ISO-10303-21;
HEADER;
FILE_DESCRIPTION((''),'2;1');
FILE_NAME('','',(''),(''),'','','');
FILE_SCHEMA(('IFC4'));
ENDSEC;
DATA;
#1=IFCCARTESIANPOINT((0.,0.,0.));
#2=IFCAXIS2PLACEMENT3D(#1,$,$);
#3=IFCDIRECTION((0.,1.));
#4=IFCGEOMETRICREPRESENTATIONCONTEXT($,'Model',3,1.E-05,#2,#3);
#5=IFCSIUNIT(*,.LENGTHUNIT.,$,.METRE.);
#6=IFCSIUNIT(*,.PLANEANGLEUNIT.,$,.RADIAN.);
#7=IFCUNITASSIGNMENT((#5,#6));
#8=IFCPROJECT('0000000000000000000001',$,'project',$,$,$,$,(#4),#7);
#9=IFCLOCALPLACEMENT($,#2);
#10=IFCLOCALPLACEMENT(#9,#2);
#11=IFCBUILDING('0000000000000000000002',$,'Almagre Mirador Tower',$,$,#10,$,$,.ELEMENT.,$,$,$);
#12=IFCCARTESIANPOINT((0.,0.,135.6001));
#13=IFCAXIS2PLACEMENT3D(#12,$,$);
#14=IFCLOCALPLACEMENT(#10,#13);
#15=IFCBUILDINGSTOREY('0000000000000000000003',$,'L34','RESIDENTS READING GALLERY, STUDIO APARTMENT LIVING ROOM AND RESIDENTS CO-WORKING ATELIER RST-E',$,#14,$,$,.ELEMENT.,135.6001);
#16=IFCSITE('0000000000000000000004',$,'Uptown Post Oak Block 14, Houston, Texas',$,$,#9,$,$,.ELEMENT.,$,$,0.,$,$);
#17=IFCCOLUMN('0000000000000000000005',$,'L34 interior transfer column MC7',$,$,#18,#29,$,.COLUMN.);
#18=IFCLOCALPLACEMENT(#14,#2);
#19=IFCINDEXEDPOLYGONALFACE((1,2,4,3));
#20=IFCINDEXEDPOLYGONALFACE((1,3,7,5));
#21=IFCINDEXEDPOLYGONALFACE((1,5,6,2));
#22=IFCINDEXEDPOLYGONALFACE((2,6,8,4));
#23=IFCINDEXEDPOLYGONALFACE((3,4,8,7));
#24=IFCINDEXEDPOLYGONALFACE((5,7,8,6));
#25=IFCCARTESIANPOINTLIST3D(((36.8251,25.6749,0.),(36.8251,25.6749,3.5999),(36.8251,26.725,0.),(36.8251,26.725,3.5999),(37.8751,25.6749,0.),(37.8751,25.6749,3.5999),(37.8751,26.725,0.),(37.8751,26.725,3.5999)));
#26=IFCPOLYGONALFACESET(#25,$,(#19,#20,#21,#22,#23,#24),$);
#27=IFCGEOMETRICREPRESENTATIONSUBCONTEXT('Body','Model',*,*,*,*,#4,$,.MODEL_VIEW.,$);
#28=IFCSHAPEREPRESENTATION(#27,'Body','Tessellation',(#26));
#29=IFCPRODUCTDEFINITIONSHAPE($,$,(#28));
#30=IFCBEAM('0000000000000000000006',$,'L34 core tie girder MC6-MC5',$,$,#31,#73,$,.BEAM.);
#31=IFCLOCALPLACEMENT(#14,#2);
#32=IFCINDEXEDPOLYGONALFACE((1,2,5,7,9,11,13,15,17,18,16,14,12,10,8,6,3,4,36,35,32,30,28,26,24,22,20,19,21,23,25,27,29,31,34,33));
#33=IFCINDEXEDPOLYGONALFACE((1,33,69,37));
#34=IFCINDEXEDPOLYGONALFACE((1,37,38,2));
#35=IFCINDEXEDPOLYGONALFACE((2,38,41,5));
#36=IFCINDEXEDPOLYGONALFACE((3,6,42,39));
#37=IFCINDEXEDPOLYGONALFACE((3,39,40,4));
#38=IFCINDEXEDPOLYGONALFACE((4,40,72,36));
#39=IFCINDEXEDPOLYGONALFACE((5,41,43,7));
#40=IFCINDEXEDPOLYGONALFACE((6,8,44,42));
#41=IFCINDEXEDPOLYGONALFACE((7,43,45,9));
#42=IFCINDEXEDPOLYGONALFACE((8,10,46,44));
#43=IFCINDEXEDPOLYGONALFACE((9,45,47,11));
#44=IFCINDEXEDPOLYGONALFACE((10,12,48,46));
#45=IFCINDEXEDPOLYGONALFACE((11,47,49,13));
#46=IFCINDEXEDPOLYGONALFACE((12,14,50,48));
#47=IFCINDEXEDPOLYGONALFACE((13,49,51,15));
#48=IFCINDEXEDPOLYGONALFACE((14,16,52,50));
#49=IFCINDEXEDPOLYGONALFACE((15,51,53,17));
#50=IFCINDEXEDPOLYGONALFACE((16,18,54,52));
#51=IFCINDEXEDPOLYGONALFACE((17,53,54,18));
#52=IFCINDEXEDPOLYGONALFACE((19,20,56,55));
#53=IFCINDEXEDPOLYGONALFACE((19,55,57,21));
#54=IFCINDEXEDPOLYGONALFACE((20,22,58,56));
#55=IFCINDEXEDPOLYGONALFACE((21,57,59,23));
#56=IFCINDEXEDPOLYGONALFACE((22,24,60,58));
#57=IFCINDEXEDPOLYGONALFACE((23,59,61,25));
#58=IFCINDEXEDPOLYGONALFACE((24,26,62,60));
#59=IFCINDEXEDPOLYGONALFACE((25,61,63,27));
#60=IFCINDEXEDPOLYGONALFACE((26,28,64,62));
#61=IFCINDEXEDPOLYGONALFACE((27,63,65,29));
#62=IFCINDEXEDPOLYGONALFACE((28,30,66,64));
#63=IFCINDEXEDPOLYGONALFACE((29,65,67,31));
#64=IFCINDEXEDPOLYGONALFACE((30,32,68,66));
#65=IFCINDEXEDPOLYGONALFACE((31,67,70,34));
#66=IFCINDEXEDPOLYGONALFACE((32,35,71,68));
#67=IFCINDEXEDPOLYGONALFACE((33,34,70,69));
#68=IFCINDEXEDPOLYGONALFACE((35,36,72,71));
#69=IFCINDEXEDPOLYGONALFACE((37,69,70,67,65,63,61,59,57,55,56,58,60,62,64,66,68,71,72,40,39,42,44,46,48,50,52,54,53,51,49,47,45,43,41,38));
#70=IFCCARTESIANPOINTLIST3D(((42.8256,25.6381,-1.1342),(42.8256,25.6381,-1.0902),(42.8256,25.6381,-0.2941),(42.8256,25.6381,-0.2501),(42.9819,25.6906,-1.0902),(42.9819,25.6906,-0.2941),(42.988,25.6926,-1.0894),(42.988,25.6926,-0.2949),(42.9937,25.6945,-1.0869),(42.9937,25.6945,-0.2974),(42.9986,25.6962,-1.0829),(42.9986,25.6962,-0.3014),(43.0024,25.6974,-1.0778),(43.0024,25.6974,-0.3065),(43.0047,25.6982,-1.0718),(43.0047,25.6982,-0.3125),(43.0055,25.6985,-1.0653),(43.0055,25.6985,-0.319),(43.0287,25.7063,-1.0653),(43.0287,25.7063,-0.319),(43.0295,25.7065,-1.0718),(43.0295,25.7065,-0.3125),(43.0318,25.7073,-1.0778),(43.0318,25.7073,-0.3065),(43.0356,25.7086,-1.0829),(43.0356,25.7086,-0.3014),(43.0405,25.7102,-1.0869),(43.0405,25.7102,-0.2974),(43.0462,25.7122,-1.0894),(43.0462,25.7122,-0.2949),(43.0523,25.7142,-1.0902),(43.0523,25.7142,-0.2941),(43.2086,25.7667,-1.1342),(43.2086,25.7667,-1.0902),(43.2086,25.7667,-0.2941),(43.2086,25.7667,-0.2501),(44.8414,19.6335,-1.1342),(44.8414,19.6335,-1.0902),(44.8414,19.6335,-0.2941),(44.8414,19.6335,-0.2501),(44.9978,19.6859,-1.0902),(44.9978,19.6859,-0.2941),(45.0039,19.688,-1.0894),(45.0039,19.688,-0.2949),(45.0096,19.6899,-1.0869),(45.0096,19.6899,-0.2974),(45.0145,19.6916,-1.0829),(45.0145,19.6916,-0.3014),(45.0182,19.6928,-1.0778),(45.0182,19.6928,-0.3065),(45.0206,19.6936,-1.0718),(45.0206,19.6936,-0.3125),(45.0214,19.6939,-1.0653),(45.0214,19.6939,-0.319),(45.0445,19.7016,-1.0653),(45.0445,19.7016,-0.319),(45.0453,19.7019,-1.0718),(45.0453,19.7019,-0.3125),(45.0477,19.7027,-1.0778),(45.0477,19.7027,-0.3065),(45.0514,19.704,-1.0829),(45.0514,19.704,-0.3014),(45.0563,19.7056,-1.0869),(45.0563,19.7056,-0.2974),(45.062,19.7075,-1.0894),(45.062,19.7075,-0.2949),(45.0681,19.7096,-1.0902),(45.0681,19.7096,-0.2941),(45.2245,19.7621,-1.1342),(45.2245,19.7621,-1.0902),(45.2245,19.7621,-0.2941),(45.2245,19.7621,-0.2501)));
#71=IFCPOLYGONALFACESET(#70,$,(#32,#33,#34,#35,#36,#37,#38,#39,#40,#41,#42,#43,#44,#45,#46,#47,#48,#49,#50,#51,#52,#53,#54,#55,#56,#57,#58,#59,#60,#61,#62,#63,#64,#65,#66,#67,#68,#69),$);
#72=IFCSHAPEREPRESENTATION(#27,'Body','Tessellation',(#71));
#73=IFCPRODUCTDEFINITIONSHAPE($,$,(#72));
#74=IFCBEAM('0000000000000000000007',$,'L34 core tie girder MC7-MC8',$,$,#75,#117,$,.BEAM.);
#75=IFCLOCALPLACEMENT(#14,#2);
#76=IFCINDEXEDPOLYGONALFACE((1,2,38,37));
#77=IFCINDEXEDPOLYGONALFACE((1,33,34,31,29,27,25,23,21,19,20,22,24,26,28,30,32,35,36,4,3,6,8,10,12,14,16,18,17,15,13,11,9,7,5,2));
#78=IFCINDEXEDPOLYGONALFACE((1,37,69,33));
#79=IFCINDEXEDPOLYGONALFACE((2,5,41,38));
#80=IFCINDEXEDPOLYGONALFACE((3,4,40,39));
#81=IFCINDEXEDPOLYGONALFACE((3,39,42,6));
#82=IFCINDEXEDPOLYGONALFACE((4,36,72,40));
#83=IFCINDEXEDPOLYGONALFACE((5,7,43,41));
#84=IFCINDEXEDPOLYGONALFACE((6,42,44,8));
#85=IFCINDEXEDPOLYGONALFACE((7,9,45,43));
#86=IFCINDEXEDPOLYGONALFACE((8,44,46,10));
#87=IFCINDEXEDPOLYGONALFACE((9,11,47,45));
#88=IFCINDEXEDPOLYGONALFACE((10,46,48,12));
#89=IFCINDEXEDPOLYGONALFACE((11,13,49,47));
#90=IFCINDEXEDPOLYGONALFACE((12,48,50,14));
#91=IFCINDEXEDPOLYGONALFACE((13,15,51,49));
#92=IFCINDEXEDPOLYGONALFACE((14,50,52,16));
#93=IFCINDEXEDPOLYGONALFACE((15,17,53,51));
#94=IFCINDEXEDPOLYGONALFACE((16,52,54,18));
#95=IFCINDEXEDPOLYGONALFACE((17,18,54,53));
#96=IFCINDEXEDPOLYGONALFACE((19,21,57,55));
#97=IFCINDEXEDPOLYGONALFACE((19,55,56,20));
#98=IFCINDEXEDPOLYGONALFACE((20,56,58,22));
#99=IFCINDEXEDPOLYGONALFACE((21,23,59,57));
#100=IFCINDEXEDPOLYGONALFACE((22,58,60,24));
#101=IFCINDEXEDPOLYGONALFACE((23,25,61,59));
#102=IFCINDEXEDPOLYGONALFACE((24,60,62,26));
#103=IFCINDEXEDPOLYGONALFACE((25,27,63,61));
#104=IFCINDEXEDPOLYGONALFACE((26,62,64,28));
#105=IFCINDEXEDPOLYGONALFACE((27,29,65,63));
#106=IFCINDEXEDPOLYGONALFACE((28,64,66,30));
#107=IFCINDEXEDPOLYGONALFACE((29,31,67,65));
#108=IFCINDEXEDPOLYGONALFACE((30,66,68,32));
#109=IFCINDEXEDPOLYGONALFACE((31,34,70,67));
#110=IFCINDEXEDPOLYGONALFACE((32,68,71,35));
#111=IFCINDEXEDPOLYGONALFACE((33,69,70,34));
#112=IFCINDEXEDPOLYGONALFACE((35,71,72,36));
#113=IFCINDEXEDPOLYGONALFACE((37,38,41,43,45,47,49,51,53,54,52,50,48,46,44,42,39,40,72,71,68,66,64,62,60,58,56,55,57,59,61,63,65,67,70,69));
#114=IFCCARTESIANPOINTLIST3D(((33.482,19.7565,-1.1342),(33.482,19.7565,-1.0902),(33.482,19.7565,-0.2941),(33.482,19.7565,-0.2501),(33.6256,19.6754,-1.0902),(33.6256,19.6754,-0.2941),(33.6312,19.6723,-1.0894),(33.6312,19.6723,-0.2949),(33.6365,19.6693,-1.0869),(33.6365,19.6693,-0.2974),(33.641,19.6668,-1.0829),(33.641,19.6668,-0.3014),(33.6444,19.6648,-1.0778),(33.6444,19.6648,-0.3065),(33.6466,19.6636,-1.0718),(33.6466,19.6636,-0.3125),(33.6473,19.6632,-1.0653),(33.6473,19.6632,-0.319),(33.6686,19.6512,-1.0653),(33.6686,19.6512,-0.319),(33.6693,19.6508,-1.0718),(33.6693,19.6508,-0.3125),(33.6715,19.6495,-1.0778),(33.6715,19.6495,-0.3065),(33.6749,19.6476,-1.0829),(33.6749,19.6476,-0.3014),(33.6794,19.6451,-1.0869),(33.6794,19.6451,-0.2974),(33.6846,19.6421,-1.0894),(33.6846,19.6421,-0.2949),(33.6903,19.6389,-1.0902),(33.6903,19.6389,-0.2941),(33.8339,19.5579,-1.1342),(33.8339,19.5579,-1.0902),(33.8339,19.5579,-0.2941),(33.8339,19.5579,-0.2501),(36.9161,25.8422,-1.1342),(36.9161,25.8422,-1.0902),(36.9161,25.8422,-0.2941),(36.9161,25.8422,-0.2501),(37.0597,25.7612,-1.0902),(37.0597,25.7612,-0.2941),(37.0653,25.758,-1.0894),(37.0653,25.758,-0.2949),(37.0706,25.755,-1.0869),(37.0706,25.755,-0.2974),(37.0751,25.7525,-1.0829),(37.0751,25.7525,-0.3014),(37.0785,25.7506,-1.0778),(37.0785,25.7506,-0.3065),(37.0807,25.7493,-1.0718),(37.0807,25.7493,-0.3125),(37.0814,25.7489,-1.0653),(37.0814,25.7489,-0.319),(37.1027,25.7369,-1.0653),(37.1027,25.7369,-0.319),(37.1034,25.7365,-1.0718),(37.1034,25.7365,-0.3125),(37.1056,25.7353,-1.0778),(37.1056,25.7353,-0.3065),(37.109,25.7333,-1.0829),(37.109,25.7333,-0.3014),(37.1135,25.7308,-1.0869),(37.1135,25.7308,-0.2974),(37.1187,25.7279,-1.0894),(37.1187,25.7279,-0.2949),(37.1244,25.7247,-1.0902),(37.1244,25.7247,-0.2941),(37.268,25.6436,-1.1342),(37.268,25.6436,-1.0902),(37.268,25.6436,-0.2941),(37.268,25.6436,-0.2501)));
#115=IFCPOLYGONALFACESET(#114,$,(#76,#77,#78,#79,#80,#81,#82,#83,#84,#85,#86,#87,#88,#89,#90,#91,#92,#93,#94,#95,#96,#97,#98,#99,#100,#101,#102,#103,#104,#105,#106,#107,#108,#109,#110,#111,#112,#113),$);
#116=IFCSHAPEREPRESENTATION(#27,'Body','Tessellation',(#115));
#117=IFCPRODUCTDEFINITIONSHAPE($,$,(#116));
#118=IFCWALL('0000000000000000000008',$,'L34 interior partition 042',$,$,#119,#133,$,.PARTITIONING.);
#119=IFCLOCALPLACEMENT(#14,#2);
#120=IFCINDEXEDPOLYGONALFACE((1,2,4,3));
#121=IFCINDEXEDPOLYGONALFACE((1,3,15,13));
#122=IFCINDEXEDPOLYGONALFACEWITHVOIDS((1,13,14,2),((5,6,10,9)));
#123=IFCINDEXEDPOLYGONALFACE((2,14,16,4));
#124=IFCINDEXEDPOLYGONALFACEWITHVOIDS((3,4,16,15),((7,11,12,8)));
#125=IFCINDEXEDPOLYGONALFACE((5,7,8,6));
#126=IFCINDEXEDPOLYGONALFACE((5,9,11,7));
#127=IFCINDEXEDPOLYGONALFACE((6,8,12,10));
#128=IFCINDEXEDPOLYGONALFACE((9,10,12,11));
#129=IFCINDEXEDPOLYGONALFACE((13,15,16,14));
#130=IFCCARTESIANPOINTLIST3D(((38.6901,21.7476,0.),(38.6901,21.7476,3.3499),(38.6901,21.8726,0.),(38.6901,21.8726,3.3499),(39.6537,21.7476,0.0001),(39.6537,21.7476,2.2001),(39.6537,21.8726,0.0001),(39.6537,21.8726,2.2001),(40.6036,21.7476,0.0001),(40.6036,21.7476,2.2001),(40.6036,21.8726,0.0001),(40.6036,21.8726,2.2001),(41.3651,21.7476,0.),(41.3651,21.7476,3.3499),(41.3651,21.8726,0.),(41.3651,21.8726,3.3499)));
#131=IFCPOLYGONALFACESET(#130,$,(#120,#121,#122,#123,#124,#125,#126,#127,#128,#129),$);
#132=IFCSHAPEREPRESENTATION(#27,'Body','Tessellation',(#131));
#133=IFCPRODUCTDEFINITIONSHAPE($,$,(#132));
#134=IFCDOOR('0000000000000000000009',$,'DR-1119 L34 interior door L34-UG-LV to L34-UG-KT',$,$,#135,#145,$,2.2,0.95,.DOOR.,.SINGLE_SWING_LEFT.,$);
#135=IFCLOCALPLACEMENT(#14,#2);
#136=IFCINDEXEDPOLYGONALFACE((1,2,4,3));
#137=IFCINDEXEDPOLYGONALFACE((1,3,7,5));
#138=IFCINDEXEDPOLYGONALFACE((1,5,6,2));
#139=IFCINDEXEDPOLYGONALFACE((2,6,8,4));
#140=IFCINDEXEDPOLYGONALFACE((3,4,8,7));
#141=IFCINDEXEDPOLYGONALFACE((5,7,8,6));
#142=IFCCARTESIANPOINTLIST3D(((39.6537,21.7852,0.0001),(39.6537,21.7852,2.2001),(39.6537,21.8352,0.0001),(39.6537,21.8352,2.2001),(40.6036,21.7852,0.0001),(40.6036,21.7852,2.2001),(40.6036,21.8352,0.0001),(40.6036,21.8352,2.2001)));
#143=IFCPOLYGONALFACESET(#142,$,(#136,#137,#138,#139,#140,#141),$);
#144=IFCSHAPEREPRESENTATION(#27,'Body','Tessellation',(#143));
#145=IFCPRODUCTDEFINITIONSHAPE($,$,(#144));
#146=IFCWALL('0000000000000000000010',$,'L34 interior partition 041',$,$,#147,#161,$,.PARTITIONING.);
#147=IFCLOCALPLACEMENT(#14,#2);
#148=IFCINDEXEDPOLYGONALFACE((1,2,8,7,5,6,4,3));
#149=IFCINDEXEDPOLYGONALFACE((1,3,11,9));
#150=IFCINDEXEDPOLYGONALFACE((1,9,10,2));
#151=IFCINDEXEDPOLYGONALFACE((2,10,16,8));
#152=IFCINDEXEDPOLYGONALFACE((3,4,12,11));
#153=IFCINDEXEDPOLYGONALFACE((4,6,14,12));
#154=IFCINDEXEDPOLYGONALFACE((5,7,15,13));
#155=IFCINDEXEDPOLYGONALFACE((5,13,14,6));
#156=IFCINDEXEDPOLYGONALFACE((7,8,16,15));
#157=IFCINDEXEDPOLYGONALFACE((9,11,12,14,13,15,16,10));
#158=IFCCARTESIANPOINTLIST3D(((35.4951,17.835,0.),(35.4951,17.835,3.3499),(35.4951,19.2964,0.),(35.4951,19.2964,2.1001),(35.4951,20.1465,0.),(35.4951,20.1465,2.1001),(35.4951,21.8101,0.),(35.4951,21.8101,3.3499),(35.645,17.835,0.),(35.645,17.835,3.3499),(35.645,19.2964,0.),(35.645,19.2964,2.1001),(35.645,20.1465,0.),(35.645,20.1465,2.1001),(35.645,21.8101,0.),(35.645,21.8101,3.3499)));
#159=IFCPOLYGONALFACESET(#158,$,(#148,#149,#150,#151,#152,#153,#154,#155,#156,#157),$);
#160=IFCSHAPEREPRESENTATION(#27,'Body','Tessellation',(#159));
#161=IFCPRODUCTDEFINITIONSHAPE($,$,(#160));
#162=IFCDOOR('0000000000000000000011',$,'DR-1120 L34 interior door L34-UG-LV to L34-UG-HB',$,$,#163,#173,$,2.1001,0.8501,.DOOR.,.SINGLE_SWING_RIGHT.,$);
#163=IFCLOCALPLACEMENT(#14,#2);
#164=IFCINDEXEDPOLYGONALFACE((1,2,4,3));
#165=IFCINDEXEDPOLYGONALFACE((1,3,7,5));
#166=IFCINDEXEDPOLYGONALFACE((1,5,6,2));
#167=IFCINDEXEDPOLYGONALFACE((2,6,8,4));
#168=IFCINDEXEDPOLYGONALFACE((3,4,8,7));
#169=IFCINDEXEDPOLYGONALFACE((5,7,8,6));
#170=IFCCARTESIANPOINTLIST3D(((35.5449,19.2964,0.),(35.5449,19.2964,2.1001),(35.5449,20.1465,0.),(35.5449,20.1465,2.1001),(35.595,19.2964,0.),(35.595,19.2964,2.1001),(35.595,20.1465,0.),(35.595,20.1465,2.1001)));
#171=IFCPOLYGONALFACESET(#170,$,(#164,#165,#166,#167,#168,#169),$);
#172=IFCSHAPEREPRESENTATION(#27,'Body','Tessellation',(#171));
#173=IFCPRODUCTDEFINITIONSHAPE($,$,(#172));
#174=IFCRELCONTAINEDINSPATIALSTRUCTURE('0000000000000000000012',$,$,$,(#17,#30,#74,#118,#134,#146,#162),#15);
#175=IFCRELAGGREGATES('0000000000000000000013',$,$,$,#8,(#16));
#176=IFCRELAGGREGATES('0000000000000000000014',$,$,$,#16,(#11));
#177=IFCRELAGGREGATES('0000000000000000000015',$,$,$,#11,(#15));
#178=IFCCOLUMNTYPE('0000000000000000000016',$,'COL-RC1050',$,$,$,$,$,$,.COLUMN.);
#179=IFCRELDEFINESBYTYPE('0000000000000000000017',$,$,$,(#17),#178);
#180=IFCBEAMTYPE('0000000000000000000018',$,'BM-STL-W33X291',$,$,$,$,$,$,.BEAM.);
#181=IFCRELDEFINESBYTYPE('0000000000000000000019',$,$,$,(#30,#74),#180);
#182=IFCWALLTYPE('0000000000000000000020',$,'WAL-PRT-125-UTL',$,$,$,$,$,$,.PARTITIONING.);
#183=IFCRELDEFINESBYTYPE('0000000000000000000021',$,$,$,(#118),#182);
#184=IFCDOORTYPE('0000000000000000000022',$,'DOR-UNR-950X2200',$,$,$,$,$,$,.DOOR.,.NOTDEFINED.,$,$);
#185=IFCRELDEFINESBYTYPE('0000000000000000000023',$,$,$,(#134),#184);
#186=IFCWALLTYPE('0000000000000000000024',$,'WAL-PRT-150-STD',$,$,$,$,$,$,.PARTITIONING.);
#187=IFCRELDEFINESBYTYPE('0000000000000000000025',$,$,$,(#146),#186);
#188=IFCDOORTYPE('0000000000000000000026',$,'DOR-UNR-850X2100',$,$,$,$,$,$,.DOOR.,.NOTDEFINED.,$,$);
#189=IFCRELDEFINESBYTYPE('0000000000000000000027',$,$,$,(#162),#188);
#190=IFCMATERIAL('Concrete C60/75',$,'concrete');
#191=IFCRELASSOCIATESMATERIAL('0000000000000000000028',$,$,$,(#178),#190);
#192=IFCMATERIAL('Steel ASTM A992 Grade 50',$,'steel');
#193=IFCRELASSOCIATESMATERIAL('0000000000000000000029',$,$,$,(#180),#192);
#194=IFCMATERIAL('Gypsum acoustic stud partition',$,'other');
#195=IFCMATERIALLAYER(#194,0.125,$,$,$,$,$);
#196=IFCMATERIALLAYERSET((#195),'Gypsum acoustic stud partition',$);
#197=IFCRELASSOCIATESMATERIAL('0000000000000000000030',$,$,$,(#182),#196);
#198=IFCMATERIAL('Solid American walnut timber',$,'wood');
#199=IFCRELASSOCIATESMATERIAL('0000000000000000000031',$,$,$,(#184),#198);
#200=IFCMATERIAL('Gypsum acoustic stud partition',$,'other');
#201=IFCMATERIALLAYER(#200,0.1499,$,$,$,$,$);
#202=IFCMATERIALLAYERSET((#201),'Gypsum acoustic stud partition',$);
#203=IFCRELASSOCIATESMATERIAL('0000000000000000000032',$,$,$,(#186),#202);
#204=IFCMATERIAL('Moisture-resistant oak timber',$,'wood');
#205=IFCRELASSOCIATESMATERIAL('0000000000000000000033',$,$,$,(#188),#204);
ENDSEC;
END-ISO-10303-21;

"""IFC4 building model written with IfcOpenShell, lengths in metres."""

from ifc_helpers import new_model, si_unit, direction, frame, frame_2d, origin, origin_2d, place, context, subcontext, project, spatial, rectangle, i_section, extrude, material, layer, layer_set, material_profile, profile_set, type_object, element, fill, save


model = new_model("IFC4")

# Units and contexts
model_context = context("Model", 3, precision=1e-05, world=origin(), true_north=direction((0.0, 1.0)))
body_context = subcontext(model_context, "Body", "Model", "MODEL_VIEW")
ifc_project = project(units=[si_unit("LENGTHUNIT", "METRE"), si_unit("PLANEANGLEUNIT", "RADIAN")], contexts=[model_context])

# Site, building, storey
site_placement = place(None, origin())
site = spatial("IfcSite", under=ifc_project, at=site_placement, Name="Uptown Post Oak Block 14, Houston, Texas", CompositionType="ELEMENT", RefElevation=0.0)
building_placement = place(site_placement, origin())
building = spatial("IfcBuilding", under=site, at=building_placement, Name="Almagre Mirador Tower", CompositionType="ELEMENT")
storey_placement = place(building_placement, frame((0.0, 0.0, 135.6001)))
storey = spatial("IfcBuildingStorey", under=building, at=storey_placement, Name="L34", Description="RESIDENTS READING GALLERY, STUDIO APARTMENT LIVING ROOM AND RESIDENTS CO-WORKING ATELIER RST-E", CompositionType="ELEMENT", Elevation=135.6001)

# Column
ifc_material_1 = material(Name="Concrete C60/75", Category="concrete")
ifc_material_profile_1 = material_profile(ifc_material_1, rectangle(XDim=1.05, YDim=1.05, at=origin_2d()), Name="RC1050X1050")
ifc_profile_set_1 = profile_set([ifc_material_profile_1], Name="Concrete C60/75")
column_type = type_object("IfcColumnType", Name="COL-RC1050", PredefinedType="COLUMN", material=ifc_profile_set_1)
column_placement = place(storey_placement, frame((37.3501, 26.2, 0.0), z_axis=(0.0, 0.0, 1.0), x_axis=(1.0, 0.0, 0.0)))
element("IfcColumn", 1, at=column_placement, inside=storey, type_object=column_type, Name="L34 interior transfer column MC7", PredefinedType="COLUMN", context=body_context, shape_type="SweptSolid", body=[
    extrude(rectangle(XDim=1.05, YDim=1.05, at=origin_2d()), origin(), (0.0, 0.0, 1.0), 3.5999),
])

# Beams
ifc_material_2 = material(Name="Steel ASTM A992 Grade 50", Category="steel")
ifc_material_profile_2 = material_profile(ifc_material_2, i_section(OverallWidth=0.4041, OverallDepth=0.884, WebThickness=0.0244, FlangeThickness=0.0439, FilletRadius=0.0249, at=origin_2d()), Name="W33X291")
ifc_profile_set_2 = profile_set([ifc_material_profile_2], Name="Steel ASTM A992 Grade 50")
beam_type = type_object("IfcBeamType", Name="BM-STL-W33X291", PredefinedType="BEAM", material=ifc_profile_set_2)
beam_1_placement = place(storey_placement, frame((43.0171, 25.7024, -0.6921), z_axis=(0.318262, -0.948003, 0.0), x_axis=(0.948003, 0.318262, 0.0)))
element("IfcBeam", 2, at=beam_1_placement, inside=storey, type_object=beam_type, Name="L34 core tie girder MC6-MC5", PredefinedType="BEAM", context=body_context, shape_type="SweptSolid", body=[
    extrude(i_section(OverallWidth=0.4041, OverallDepth=0.884, WebThickness=0.0244, FlangeThickness=0.0439, FilletRadius=0.0249, at=origin_2d()), origin(), (0.0, 0.0, 1.0), 6.334),
])
beam_2_placement = place(storey_placement, frame((37.092, 25.7429, -0.6921), z_axis=(-0.491444, -0.870909, 0.0), x_axis=(0.870909, -0.491444, 0.0)))
element("IfcBeam", 3, at=beam_2_placement, inside=storey, type_object=beam_type, Name="L34 core tie girder MC7-MC8", PredefinedType="BEAM", context=body_context, shape_type="SweptSolid", body=[
    extrude(i_section(OverallWidth=0.4041, OverallDepth=0.884, WebThickness=0.0244, FlangeThickness=0.0439, FilletRadius=0.0249, at=origin_2d()), origin(), (0.0, 0.0, 1.0), 6.9878),
])

# Walls, openings, doors
ifc_material_3 = material(Name="Gypsum acoustic stud partition", Category="other")
ifc_layer_1 = layer(ifc_material_3, 0.125)
ifc_layer_set_1 = layer_set([ifc_layer_1], Name="Gypsum acoustic stud partition")
wall_type_1 = type_object("IfcWallType", Name="WAL-PRT-125-UTL", PredefinedType="PARTITIONING", material=ifc_layer_set_1)
wall_1_placement = place(storey_placement, frame((41.365, 21.8101, 0.0), z_axis=(0.0, 0.0, 1.0), x_axis=(-1.0, 0.0, 0.0)))
wall_1 = element("IfcWall", 4, at=wall_1_placement, inside=storey, type_object=wall_type_1, Name="L34 interior partition 042", PredefinedType="PARTITIONING", context=body_context, shape_type="SweptSolid", body=[
    extrude(rectangle(XDim=2.675, YDim=0.125, at=frame_2d((1.3374, 0.0))), origin(), (0.0, 0.0, 1.0), 3.3499),
])
opening_1_placement = place(wall_1_placement, frame((0.7612, 0.0, 0.0)))
opening_1 = element("IfcOpeningElement", 5, at=opening_1_placement, cuts=wall_1, PredefinedType="OPENING", context=body_context, shape_type="SweptSolid", body=[
    extrude(rectangle(XDim=0.95, YDim=2.2, at=frame_2d((0.4751, 1.1001))), frame((0.0, 0.0725, 0.0), z_axis=(0.0, -1.0, 0.0), x_axis=(1.0, 0.0, 0.0)), (0.0, 0.0, 1.0), 0.145),
])
ifc_material_4 = material(Name="Solid American walnut timber", Category="wood")
door_type_1 = type_object("IfcDoorType", Name="DOR-UNR-950X2200", OperationType="NOTDEFINED", PredefinedType="DOOR", material=ifc_material_4)
door_1_placement = place(opening_1_placement, origin())
door_1 = element("IfcDoor", 6, at=door_1_placement, inside=storey, type_object=door_type_1, Name="DR-1119 L34 interior door L34-UG-LV to L34-UG-KT", OperationType="SINGLE_SWING_LEFT", OverallHeight=2.2, OverallWidth=0.95, PredefinedType="DOOR", context=body_context, shape_type="SweptSolid", body=[
    extrude(rectangle(XDim=0.95, YDim=2.2, at=frame_2d((0.4751, 1.1001))), frame((0.0, 0.0249, 0.0), z_axis=(0.0, -1.0, 0.0), x_axis=(1.0, 0.0, 0.0)), (0.0, 0.0, 1.0), 0.05),
])
fill(opening_1, door_1)
ifc_material_5 = material(Name="Gypsum acoustic stud partition", Category="other")
ifc_layer_2 = layer(ifc_material_5, 0.1499)
ifc_layer_set_2 = layer_set([ifc_layer_2], Name="Gypsum acoustic stud partition")
wall_type_2 = type_object("IfcWallType", Name="WAL-PRT-150-STD", PredefinedType="PARTITIONING", material=ifc_layer_set_2)
wall_2_placement = place(storey_placement, frame((35.5701, 21.8101, 0.0), z_axis=(0.0, 0.0, 1.0), x_axis=(0.0, -1.0, 0.0)))
wall_2 = element("IfcWall", 7, at=wall_2_placement, inside=storey, type_object=wall_type_2, Name="L34 interior partition 041", PredefinedType="PARTITIONING", context=body_context, shape_type="SweptSolid", body=[
    extrude(rectangle(XDim=3.9751, YDim=0.1499, at=frame_2d((1.9875, 0.0))), origin(), (0.0, 0.0, 1.0), 3.3499),
])
opening_2_placement = place(wall_2_placement, frame((1.6636, 0.0, 0.0)))
opening_2 = element("IfcOpeningElement", 8, at=opening_2_placement, cuts=wall_2, PredefinedType="OPENING", context=body_context, shape_type="SweptSolid", body=[
    extrude(rectangle(XDim=0.8501, YDim=2.1001, at=frame_2d((0.425, 1.05))), frame((0.0, 0.085, 0.0), z_axis=(0.0, -1.0, 0.0), x_axis=(1.0, 0.0, 0.0)), (0.0, 0.0, 1.0), 0.1699),
])
ifc_material_6 = material(Name="Moisture-resistant oak timber", Category="wood")
door_type_2 = type_object("IfcDoorType", Name="DOR-UNR-850X2100", OperationType="NOTDEFINED", PredefinedType="DOOR", material=ifc_material_6)
door_2_placement = place(opening_2_placement, origin())
door_2 = element("IfcDoor", 9, at=door_2_placement, inside=storey, type_object=door_type_2, Name="DR-1120 L34 interior door L34-UG-LV to L34-UG-HB", OperationType="SINGLE_SWING_RIGHT", OverallHeight=2.1001, OverallWidth=0.8501, PredefinedType="DOOR", context=body_context, shape_type="SweptSolid", body=[
    extrude(rectangle(XDim=0.8501, YDim=2.1001, at=frame_2d((0.425, 1.05))), frame((0.0, 0.0249, 0.0), z_axis=(0.0, -1.0, 0.0), x_axis=(1.0, 0.0, 0.0)), (0.0, 0.0, 1.0), 0.05),
])
fill(opening_2, door_2)

save(model, "model.ifc")
